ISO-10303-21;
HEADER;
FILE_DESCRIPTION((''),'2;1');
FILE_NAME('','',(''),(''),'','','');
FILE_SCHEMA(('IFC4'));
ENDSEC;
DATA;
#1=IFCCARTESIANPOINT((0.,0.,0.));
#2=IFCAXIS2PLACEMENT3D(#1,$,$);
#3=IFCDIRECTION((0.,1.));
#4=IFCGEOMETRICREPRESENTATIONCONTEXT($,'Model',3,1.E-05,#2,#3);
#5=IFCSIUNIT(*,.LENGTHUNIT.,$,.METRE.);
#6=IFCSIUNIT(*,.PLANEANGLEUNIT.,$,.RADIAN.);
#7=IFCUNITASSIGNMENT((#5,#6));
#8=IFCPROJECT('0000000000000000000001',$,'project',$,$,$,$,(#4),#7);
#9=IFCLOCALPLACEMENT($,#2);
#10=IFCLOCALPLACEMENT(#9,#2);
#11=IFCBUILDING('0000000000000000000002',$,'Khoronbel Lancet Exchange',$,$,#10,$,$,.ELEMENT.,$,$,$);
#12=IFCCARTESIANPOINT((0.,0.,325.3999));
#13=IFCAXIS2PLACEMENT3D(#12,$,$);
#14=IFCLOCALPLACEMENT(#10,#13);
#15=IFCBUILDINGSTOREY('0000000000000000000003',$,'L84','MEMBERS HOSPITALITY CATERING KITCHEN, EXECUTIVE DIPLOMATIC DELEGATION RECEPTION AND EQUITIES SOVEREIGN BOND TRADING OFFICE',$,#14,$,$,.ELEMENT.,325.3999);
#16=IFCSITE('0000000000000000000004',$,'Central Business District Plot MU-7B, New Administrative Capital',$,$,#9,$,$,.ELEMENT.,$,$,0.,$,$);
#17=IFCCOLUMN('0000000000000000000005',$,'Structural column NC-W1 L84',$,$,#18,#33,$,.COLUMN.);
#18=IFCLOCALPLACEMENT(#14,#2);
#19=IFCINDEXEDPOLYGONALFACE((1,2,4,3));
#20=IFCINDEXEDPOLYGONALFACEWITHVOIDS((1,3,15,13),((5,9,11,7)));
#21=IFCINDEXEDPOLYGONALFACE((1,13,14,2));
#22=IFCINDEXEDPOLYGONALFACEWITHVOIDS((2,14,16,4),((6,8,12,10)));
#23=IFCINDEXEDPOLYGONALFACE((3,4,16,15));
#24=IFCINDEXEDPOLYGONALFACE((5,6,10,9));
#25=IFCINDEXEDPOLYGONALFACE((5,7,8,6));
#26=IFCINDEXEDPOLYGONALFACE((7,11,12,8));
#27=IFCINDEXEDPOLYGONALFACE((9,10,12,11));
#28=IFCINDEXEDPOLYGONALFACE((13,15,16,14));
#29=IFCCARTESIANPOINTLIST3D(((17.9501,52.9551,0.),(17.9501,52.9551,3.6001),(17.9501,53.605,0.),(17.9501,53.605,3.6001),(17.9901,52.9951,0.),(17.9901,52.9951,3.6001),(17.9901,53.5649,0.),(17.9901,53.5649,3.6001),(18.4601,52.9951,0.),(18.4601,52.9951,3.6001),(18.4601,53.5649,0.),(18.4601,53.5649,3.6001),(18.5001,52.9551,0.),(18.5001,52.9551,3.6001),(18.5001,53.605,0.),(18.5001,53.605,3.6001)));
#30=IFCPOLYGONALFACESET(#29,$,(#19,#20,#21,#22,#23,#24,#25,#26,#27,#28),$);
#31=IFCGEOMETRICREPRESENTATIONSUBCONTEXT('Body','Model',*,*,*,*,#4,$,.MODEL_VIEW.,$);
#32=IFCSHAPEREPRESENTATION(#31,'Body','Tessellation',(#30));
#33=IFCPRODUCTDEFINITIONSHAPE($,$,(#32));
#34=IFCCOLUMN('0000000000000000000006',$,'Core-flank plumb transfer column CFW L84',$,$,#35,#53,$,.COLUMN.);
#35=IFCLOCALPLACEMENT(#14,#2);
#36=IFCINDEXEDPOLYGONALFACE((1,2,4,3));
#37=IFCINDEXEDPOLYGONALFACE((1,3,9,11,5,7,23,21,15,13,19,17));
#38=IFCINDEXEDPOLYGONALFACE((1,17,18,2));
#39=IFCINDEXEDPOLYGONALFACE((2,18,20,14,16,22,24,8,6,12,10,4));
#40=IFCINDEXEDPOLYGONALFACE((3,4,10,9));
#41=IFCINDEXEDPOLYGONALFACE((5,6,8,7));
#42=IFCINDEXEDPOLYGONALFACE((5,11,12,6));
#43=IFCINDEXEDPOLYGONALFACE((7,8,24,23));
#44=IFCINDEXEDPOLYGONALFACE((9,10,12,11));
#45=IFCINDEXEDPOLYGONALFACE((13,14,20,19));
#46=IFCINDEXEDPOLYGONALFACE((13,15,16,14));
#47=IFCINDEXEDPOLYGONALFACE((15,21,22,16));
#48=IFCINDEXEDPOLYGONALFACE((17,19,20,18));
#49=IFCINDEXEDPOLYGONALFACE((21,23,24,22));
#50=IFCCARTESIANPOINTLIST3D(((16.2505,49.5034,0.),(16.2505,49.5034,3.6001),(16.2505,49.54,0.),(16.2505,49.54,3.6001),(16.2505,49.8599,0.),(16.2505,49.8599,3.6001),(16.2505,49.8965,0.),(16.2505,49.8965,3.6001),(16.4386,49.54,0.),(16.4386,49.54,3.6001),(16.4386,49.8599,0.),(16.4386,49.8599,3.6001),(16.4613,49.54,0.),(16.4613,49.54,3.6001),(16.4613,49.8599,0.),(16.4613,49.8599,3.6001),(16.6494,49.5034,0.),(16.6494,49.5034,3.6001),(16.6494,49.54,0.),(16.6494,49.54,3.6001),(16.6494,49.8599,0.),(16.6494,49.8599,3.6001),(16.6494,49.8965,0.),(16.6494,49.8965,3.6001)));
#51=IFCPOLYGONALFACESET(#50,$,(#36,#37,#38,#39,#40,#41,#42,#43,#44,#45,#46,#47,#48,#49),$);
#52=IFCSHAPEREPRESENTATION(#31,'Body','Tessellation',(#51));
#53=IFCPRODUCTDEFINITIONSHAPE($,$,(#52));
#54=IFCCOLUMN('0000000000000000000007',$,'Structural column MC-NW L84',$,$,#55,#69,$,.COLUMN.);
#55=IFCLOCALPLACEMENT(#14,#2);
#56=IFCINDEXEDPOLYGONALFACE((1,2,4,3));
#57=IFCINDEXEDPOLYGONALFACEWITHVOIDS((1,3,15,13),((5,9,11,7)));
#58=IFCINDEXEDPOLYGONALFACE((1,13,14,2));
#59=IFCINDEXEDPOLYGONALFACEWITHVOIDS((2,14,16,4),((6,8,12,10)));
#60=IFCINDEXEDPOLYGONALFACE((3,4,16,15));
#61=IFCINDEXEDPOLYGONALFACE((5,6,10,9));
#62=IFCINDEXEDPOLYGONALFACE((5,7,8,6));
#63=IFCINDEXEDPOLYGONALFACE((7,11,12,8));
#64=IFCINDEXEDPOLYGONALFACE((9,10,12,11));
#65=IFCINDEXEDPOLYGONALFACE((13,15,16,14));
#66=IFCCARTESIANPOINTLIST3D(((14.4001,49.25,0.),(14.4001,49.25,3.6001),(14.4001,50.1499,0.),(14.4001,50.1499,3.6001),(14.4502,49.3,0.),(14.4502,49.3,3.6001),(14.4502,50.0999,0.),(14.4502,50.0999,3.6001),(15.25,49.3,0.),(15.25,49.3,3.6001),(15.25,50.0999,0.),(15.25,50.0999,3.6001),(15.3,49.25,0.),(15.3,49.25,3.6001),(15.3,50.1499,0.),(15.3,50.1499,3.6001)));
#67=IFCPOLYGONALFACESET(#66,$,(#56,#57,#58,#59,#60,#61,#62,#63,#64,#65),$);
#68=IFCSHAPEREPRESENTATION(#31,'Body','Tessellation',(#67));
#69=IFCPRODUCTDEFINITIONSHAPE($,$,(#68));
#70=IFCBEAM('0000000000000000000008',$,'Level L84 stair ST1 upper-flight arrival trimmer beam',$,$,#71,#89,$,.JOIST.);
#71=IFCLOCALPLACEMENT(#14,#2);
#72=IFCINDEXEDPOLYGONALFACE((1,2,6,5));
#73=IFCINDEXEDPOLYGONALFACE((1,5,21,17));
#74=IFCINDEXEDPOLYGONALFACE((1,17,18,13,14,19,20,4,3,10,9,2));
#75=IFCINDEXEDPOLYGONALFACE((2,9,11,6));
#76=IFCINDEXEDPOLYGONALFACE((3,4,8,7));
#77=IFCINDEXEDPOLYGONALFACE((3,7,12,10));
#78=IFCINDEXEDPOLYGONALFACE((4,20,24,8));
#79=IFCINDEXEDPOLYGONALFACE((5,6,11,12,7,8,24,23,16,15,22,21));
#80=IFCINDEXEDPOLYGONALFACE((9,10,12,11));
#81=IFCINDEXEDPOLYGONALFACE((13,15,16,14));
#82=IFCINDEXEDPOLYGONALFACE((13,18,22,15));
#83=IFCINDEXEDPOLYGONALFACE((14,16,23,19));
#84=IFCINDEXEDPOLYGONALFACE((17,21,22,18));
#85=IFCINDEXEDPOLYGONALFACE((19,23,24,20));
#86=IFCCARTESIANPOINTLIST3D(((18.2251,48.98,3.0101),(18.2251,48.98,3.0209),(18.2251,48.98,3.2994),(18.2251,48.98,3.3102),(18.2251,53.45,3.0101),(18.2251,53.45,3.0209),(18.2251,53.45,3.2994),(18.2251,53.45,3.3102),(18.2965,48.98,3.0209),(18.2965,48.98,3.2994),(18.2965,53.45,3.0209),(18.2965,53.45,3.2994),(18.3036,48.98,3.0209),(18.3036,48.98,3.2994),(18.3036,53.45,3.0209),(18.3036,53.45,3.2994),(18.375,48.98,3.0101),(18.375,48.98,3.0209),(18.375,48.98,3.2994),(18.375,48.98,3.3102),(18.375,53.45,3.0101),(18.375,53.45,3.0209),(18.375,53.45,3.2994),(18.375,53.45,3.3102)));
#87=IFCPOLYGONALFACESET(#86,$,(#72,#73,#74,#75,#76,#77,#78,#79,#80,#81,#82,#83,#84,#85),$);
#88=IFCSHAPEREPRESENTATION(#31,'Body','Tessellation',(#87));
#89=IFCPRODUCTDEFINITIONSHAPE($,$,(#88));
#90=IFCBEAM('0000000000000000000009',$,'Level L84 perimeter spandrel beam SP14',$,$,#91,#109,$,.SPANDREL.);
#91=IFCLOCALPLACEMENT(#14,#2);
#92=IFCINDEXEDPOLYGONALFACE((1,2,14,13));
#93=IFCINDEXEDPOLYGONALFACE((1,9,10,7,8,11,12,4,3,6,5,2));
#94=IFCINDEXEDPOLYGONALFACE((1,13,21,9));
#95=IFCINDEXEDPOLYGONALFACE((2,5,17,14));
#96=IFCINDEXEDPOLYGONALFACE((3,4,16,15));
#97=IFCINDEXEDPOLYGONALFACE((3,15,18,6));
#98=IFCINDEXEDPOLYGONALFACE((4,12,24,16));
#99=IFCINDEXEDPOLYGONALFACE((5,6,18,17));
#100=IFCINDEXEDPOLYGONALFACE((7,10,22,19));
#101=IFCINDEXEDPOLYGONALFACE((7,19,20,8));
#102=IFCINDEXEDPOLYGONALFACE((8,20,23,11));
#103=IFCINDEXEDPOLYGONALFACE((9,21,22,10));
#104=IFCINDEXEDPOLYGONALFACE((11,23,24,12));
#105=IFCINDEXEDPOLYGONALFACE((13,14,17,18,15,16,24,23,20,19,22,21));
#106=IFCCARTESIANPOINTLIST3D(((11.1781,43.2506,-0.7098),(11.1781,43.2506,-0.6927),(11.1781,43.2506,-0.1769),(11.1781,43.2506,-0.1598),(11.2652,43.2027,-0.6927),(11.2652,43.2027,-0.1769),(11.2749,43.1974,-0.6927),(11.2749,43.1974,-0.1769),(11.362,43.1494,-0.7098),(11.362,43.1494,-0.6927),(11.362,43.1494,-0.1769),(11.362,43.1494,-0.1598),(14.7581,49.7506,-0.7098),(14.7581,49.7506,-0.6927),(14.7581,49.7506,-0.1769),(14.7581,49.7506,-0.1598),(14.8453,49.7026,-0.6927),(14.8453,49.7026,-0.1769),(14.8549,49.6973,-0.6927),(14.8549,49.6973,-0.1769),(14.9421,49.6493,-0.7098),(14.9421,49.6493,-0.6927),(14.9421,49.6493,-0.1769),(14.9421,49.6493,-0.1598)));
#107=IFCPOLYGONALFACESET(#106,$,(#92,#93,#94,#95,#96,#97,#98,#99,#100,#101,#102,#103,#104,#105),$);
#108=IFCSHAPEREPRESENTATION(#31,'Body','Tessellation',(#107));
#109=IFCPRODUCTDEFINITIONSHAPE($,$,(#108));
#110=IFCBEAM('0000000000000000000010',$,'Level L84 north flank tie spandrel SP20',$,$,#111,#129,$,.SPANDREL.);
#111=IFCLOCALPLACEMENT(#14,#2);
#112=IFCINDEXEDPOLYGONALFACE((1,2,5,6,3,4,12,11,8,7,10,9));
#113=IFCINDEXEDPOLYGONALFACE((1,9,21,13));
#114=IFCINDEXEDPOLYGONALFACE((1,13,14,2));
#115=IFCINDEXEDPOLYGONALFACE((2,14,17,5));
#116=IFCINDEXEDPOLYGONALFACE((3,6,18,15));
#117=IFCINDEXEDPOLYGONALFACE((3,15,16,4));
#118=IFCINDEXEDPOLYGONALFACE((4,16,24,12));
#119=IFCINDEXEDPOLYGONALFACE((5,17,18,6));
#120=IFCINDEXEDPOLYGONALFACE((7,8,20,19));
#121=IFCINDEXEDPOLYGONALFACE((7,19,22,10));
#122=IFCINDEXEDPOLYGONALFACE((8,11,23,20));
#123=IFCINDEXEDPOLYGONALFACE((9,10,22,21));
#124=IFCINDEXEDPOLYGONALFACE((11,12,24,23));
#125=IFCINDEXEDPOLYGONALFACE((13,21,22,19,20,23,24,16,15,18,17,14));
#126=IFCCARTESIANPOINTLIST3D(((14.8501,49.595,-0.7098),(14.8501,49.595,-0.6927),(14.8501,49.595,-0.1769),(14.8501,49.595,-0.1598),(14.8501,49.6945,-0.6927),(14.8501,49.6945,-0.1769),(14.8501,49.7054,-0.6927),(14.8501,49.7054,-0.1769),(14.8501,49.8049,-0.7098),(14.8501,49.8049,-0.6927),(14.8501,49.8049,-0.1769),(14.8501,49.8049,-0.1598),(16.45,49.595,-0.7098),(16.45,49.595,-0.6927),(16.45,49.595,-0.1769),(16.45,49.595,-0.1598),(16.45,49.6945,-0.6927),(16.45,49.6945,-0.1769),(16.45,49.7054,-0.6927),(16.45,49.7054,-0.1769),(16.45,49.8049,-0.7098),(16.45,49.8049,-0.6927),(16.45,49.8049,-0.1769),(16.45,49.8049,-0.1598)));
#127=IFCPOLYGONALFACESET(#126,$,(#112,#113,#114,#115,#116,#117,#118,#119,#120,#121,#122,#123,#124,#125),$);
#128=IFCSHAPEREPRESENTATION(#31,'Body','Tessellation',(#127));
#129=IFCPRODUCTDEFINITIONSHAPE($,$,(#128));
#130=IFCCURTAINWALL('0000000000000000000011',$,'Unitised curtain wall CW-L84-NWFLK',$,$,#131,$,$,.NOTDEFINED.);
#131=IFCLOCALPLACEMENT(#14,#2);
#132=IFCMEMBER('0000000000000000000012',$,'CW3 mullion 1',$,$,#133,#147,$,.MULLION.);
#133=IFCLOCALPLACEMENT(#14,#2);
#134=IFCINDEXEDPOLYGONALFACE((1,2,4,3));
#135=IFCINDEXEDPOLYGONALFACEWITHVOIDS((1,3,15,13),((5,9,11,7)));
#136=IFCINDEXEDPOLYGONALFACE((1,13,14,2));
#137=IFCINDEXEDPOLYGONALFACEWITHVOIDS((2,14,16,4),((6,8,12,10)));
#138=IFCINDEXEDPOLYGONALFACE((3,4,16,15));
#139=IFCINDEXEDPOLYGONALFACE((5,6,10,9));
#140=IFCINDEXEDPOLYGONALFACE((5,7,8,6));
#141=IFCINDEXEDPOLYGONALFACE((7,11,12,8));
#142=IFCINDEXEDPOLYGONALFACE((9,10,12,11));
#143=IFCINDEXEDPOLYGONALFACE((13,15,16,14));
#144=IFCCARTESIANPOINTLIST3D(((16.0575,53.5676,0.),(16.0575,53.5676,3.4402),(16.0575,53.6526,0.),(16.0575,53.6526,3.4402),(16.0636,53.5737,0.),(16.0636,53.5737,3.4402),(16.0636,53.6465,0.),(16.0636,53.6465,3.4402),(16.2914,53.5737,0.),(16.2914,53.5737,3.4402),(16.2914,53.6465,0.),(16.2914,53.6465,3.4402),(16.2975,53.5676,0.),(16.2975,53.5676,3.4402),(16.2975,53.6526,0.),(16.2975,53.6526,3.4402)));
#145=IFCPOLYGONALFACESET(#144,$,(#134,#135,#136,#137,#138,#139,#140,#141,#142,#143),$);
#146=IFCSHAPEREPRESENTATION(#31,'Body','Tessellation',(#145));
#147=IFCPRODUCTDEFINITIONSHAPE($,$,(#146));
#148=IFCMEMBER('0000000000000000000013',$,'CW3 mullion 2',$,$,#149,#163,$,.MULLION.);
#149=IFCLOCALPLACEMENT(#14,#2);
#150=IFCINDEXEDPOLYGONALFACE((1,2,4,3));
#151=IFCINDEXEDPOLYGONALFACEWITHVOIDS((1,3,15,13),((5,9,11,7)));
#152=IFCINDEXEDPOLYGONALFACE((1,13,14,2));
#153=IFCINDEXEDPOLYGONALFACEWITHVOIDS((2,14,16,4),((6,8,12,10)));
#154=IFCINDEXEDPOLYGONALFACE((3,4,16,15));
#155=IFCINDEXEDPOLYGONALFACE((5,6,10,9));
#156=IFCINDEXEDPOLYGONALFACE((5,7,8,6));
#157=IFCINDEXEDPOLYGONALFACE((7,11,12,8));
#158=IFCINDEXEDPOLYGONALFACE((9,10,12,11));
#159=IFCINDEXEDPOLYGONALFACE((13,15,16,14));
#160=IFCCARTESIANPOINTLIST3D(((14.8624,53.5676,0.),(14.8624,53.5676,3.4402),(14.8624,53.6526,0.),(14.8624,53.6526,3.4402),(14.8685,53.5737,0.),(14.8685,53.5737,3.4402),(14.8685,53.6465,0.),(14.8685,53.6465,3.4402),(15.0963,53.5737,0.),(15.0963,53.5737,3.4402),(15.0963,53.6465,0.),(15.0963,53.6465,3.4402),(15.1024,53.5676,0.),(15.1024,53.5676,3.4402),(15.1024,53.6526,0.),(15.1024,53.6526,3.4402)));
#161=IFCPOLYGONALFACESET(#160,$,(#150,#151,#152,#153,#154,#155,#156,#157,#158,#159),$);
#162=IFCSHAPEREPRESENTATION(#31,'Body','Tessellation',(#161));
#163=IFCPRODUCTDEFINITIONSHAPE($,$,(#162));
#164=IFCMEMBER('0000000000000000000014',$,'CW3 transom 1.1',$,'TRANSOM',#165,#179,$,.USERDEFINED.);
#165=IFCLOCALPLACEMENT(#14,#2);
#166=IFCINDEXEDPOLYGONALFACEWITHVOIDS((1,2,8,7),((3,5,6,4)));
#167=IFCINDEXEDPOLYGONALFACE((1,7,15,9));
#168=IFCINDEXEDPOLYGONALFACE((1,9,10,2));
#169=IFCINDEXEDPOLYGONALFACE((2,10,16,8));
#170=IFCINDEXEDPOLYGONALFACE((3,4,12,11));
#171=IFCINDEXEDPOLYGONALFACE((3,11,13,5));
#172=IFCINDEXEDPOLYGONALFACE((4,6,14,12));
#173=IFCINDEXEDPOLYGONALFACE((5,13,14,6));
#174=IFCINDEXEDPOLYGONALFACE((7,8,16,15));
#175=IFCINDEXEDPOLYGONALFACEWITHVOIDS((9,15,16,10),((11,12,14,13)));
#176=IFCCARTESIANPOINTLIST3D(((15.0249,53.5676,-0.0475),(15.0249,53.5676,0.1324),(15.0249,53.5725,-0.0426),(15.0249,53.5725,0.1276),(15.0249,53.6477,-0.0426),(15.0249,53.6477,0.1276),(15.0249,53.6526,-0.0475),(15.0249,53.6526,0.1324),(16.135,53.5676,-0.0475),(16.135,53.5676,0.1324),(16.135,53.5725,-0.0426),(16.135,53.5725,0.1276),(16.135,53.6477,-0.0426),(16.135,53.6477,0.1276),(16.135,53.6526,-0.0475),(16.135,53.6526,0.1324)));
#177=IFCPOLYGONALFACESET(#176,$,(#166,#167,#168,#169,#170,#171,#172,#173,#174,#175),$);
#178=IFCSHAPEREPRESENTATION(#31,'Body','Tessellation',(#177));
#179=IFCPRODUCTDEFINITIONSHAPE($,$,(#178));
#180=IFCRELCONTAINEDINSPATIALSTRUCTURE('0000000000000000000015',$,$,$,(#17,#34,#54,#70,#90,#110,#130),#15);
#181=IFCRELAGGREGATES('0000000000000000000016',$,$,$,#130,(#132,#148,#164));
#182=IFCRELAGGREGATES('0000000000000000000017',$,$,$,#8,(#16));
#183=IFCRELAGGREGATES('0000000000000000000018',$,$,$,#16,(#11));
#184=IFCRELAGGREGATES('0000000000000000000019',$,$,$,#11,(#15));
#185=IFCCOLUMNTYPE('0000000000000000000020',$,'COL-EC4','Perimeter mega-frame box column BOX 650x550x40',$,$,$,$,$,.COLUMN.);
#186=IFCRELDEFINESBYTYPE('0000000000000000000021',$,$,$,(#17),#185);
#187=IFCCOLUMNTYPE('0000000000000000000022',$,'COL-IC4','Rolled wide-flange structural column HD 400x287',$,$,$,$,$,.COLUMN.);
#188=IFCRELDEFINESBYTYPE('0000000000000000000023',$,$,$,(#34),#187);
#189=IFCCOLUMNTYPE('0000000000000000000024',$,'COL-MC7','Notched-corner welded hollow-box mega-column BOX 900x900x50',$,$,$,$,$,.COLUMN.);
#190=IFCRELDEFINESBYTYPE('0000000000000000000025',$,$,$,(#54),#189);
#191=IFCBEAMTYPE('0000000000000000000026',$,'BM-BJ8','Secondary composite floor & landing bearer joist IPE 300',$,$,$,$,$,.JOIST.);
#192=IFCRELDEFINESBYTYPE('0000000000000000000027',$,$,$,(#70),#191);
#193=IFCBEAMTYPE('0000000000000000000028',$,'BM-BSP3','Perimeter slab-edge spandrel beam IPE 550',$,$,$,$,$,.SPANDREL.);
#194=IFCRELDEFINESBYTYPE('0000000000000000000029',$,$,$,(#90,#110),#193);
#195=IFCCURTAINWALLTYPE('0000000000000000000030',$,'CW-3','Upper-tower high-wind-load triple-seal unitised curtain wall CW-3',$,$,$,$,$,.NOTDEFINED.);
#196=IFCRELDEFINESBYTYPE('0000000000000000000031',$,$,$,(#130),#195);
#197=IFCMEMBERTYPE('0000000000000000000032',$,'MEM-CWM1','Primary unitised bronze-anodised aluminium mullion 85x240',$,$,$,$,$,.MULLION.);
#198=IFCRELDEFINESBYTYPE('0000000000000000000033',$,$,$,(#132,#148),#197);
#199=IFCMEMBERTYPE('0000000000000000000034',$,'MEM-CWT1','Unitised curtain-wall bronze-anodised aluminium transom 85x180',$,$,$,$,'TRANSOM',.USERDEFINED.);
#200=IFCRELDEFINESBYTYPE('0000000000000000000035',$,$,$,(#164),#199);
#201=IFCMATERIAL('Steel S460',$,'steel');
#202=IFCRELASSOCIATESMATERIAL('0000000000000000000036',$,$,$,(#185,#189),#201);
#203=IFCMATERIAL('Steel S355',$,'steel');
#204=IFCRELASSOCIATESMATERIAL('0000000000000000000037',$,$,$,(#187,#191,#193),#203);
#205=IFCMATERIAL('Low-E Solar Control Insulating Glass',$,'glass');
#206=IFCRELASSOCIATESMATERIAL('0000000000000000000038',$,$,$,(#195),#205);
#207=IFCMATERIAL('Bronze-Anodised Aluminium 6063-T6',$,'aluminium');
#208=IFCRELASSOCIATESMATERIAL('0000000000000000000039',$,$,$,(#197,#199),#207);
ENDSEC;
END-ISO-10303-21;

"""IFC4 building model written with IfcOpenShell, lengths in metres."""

from ifc_helpers import new_model, si_unit, direction, frame, origin, origin_2d, place, context, subcontext, project, spatial, hollow_rectangle, i_section, extrude, material, material_profile, profile_set, type_object, element, aggregate, save


model = new_model("IFC4")

# Units and contexts
model_context = context("Model", 3, precision=1e-05, world=origin(), true_north=direction((0.0, 1.0)))
body_context = subcontext(model_context, "Body", "Model", "MODEL_VIEW")
ifc_project = project(units=[si_unit("LENGTHUNIT", "METRE"), si_unit("PLANEANGLEUNIT", "RADIAN")], contexts=[model_context])

# Site, building, storey
site_placement = place(None, origin())
site = spatial("IfcSite", under=ifc_project, at=site_placement, Name="Central Business District Plot MU-7B, New Administrative Capital", CompositionType="ELEMENT", RefElevation=0.0)
building_placement = place(site_placement, origin())
building = spatial("IfcBuilding", under=site, at=building_placement, Name="Khoronbel Lancet Exchange", CompositionType="ELEMENT")
storey_placement = place(building_placement, frame((0.0, 0.0, 325.3999)))
storey = spatial("IfcBuildingStorey", under=building, at=storey_placement, Name="L84", Description="MEMBERS HOSPITALITY CATERING KITCHEN, EXECUTIVE DIPLOMATIC DELEGATION RECEPTION AND EQUITIES SOVEREIGN BOND TRADING OFFICE", CompositionType="ELEMENT", Elevation=325.3999)

# Columns
ifc_material_1 = material(Name="Steel S460", Category="steel")
ifc_material_profile_1 = material_profile(ifc_material_1, hollow_rectangle(XDim=0.55, YDim=0.6499, WallThickness=0.04, at=origin_2d()), Name="BOX 650x550x40")
ifc_profile_set_1 = profile_set([ifc_material_profile_1], Name="Steel S460")
column_type_1 = type_object("IfcColumnType", Name="COL-EC4", Description="Perimeter mega-frame box column BOX 650x550x40", PredefinedType="COLUMN", material=ifc_profile_set_1)
column_1_placement = place(storey_placement, frame((18.2251, 53.28, 0.0), z_axis=(0.0, 0.0, 1.0), x_axis=(1.0, 0.0, 0.0)))
element("IfcColumn", 1, at=column_1_placement, inside=storey, type_object=column_type_1, Name="Structural column NC-W1 L84", PredefinedType="COLUMN", context=body_context, shape_type="SweptSolid", body=[
    extrude(hollow_rectangle(XDim=0.55, YDim=0.6499, WallThickness=0.04, at=origin_2d()), origin(), (0.0, 0.0, 1.0), 3.6001),
])
ifc_material_2 = material(Name="Steel S355", Category="steel")
ifc_material_profile_2 = material_profile(ifc_material_2, i_section(OverallWidth=0.3989, OverallDepth=0.3931, WebThickness=0.0227, FlangeThickness=0.0366, at=origin_2d()), Name="HD 400x287")
ifc_profile_set_2 = profile_set([ifc_material_profile_2], Name="Steel S355")
column_type_2 = type_object("IfcColumnType", Name="COL-IC4", Description="Rolled wide-flange structural column HD 400x287", PredefinedType="COLUMN", material=ifc_profile_set_2)
column_2_placement = place(storey_placement, frame((16.45, 49.7, 0.0), z_axis=(0.0, 0.0, 1.0), x_axis=(1.0, 0.0, 0.0)))
element("IfcColumn", 2, at=column_2_placement, inside=storey, type_object=column_type_2, Name="Core-flank plumb transfer column CFW L84", PredefinedType="COLUMN", context=body_context, shape_type="SweptSolid", body=[
    extrude(i_section(OverallWidth=0.3989, OverallDepth=0.3931, WebThickness=0.0227, FlangeThickness=0.0366, at=origin_2d()), origin(), (0.0, 0.0, 1.0), 3.6001),
])
ifc_material_profile_3 = material_profile(ifc_material_1, hollow_rectangle(XDim=0.8999, YDim=0.8999, WallThickness=0.05, at=origin_2d()), Name="BOX 900x900x50")
ifc_profile_set_3 = profile_set([ifc_material_profile_3], Name="Steel S460")
column_type_3 = type_object("IfcColumnType", Name="COL-MC7", Description="Notched-corner welded hollow-box mega-column BOX 900x900x50", PredefinedType="COLUMN", material=ifc_profile_set_3)
column_3_placement = place(storey_placement, frame((14.8501, 49.7, 0.0), z_axis=(0.0, 0.0, 1.0), x_axis=(1.0, 0.0, 0.0)))
element("IfcColumn", 3, at=column_3_placement, inside=storey, type_object=column_type_3, Name="Structural column MC-NW L84", PredefinedType="COLUMN", context=body_context, shape_type="SweptSolid", body=[
    extrude(hollow_rectangle(XDim=0.8999, YDim=0.8999, WallThickness=0.05, at=origin_2d()), origin(), (0.0, 0.0, 1.0), 3.6001),
])

# Beams
ifc_material_profile_4 = material_profile(ifc_material_2, i_section(OverallWidth=0.1499, OverallDepth=0.3, WebThickness=0.0071, FlangeThickness=0.0107, at=origin_2d()), Name="IPE 300")
ifc_profile_set_4 = profile_set([ifc_material_profile_4], Name="Steel S355")
beam_type_1 = type_object("IfcBeamType", Name="BM-BJ8", Description="Secondary composite floor & landing bearer joist IPE 300", PredefinedType="JOIST", material=ifc_profile_set_4)
beam_1_placement = place(storey_placement, frame((18.3, 48.98, 3.1602), z_axis=(0.0, 1.0, 0.0), x_axis=(-1.0, 0.0, 0.0)))
element("IfcBeam", 4, at=beam_1_placement, inside=storey, type_object=beam_type_1, Name="Level L84 stair ST1 upper-flight arrival trimmer beam", PredefinedType="JOIST", context=body_context, shape_type="SweptSolid", body=[
    extrude(i_section(OverallWidth=0.1499, OverallDepth=0.3, WebThickness=0.0071, FlangeThickness=0.0107, at=origin_2d()), origin(), (0.0, 0.0, 1.0), 4.47),
])
ifc_material_profile_5 = material_profile(ifc_material_2, i_section(OverallWidth=0.21, OverallDepth=0.55, WebThickness=0.011, FlangeThickness=0.0171, at=origin_2d()), Name="IPE 550")
ifc_profile_set_5 = profile_set([ifc_material_profile_5], Name="Steel S355")
beam_type_2 = type_object("IfcBeamType", Name="BM-BSP3", Description="Perimeter slab-edge spandrel beam IPE 550", PredefinedType="SPANDREL", material=ifc_profile_set_5)
beam_2_placement = place(storey_placement, frame((14.8501, 49.7, -0.4348), z_axis=(-0.482444, -0.875927, 0.0), x_axis=(0.875927, -0.482444, 0.0)))
element("IfcBeam", 5, at=beam_2_placement, inside=storey, type_object=beam_type_2, Name="Level L84 perimeter spandrel beam SP14", PredefinedType="SPANDREL", context=body_context, shape_type="SweptSolid", body=[
    extrude(i_section(OverallWidth=0.21, OverallDepth=0.55, WebThickness=0.011, FlangeThickness=0.0171, at=origin_2d()), origin(), (0.0, 0.0, 1.0), 7.4207),
])
beam_3_placement = place(storey_placement, frame((14.8501, 49.7, -0.4348), z_axis=(1.0, 0.0, 0.0), x_axis=(0.0, 1.0, 0.0)))
element("IfcBeam", 6, at=beam_3_placement, inside=storey, type_object=beam_type_2, Name="Level L84 north flank tie spandrel SP20", PredefinedType="SPANDREL", context=body_context, shape_type="SweptSolid", body=[
    extrude(i_section(OverallWidth=0.21, OverallDepth=0.55, WebThickness=0.011, FlangeThickness=0.0171, at=origin_2d()), origin(), (0.0, 0.0, 1.0), 1.5999),
])

# Curtain wall, members
ifc_material_3 = material(Name="Low-E Solar Control Insulating Glass", Category="glass")
curtain_wall_type = type_object("IfcCurtainWallType", Name="CW-3", Description="Upper-tower high-wind-load triple-seal unitised curtain wall CW-3", PredefinedType="NOTDEFINED", material=ifc_material_3)
curtain_wall_placement = place(storey_placement, origin())
curtain_wall = element("IfcCurtainWall", 7, at=curtain_wall_placement, inside=storey, type_object=curtain_wall_type, Name="Unitised curtain wall CW-L84-NWFLK", PredefinedType="NOTDEFINED")
ifc_material_4 = material(Name="Bronze-Anodised Aluminium 6063-T6", Category="aluminium")
ifc_material_profile_6 = material_profile(ifc_material_4, hollow_rectangle(XDim=0.085, YDim=0.24, WallThickness=0.0061, at=origin_2d()), Name="ALU MULLION 85x240")
ifc_profile_set_6 = profile_set([ifc_material_profile_6], Name="Bronze-Anodised Aluminium 6063-T6")
member_type_1 = type_object("IfcMemberType", Name="MEM-CWM1", Description="Primary unitised bronze-anodised aluminium mullion 85x240", PredefinedType="MULLION", material=ifc_profile_set_6)
member_1_placement = place(storey_placement, frame((16.1775, 53.6101, 0.0), z_axis=(0.0, 0.0, 1.0), x_axis=(0.0, -1.0, 0.0)))
member_1 = element("IfcMember", 8, at=member_1_placement, type_object=member_type_1, Name="CW3 mullion 1", PredefinedType="MULLION", context=body_context, shape_type="SweptSolid", body=[
    extrude(hollow_rectangle(XDim=0.085, YDim=0.24, WallThickness=0.0061, at=origin_2d()), origin(), (0.0, 0.0, 1.0), 3.4402),
])
member_2_placement = place(storey_placement, frame((14.9824, 53.6101, 0.0), z_axis=(0.0, 0.0, 1.0), x_axis=(0.0, -1.0, 0.0)))
member_2 = element("IfcMember", 9, at=member_2_placement, type_object=member_type_1, Name="CW3 mullion 2", PredefinedType="MULLION", context=body_context, shape_type="SweptSolid", body=[
    extrude(hollow_rectangle(XDim=0.085, YDim=0.24, WallThickness=0.0061, at=origin_2d()), origin(), (0.0, 0.0, 1.0), 3.4402),
])
ifc_material_profile_7 = material_profile(ifc_material_4, hollow_rectangle(XDim=0.085, YDim=0.1799, WallThickness=0.0049, at=origin_2d()), Name="ALU TRANSOM 85x180")
ifc_profile_set_7 = profile_set([ifc_material_profile_7], Name="Bronze-Anodised Aluminium 6063-T6")
member_type_2 = type_object("IfcMemberType", Name="MEM-CWT1", Description="Unitised curtain-wall bronze-anodised aluminium transom 85x180", ElementType="TRANSOM", PredefinedType="USERDEFINED", material=ifc_profile_set_7)
member_3_placement = place(storey_placement, frame((16.135, 53.6101, 0.0425), z_axis=(-1.0, 0.0, 0.0), x_axis=(0.0, -1.0, 0.0)))
member_3 = element("IfcMember", 10, at=member_3_placement, type_object=member_type_2, Name="CW3 transom 1.1", ObjectType="TRANSOM", PredefinedType="USERDEFINED", context=body_context, shape_type="SweptSolid", body=[
    extrude(hollow_rectangle(XDim=0.085, YDim=0.1799, WallThickness=0.0049, at=origin_2d()), origin(), (0.0, 0.0, 1.0), 1.1101),
])

aggregate(curtain_wall, [member_1, member_2, member_3])

save(model, "model.ifc")
